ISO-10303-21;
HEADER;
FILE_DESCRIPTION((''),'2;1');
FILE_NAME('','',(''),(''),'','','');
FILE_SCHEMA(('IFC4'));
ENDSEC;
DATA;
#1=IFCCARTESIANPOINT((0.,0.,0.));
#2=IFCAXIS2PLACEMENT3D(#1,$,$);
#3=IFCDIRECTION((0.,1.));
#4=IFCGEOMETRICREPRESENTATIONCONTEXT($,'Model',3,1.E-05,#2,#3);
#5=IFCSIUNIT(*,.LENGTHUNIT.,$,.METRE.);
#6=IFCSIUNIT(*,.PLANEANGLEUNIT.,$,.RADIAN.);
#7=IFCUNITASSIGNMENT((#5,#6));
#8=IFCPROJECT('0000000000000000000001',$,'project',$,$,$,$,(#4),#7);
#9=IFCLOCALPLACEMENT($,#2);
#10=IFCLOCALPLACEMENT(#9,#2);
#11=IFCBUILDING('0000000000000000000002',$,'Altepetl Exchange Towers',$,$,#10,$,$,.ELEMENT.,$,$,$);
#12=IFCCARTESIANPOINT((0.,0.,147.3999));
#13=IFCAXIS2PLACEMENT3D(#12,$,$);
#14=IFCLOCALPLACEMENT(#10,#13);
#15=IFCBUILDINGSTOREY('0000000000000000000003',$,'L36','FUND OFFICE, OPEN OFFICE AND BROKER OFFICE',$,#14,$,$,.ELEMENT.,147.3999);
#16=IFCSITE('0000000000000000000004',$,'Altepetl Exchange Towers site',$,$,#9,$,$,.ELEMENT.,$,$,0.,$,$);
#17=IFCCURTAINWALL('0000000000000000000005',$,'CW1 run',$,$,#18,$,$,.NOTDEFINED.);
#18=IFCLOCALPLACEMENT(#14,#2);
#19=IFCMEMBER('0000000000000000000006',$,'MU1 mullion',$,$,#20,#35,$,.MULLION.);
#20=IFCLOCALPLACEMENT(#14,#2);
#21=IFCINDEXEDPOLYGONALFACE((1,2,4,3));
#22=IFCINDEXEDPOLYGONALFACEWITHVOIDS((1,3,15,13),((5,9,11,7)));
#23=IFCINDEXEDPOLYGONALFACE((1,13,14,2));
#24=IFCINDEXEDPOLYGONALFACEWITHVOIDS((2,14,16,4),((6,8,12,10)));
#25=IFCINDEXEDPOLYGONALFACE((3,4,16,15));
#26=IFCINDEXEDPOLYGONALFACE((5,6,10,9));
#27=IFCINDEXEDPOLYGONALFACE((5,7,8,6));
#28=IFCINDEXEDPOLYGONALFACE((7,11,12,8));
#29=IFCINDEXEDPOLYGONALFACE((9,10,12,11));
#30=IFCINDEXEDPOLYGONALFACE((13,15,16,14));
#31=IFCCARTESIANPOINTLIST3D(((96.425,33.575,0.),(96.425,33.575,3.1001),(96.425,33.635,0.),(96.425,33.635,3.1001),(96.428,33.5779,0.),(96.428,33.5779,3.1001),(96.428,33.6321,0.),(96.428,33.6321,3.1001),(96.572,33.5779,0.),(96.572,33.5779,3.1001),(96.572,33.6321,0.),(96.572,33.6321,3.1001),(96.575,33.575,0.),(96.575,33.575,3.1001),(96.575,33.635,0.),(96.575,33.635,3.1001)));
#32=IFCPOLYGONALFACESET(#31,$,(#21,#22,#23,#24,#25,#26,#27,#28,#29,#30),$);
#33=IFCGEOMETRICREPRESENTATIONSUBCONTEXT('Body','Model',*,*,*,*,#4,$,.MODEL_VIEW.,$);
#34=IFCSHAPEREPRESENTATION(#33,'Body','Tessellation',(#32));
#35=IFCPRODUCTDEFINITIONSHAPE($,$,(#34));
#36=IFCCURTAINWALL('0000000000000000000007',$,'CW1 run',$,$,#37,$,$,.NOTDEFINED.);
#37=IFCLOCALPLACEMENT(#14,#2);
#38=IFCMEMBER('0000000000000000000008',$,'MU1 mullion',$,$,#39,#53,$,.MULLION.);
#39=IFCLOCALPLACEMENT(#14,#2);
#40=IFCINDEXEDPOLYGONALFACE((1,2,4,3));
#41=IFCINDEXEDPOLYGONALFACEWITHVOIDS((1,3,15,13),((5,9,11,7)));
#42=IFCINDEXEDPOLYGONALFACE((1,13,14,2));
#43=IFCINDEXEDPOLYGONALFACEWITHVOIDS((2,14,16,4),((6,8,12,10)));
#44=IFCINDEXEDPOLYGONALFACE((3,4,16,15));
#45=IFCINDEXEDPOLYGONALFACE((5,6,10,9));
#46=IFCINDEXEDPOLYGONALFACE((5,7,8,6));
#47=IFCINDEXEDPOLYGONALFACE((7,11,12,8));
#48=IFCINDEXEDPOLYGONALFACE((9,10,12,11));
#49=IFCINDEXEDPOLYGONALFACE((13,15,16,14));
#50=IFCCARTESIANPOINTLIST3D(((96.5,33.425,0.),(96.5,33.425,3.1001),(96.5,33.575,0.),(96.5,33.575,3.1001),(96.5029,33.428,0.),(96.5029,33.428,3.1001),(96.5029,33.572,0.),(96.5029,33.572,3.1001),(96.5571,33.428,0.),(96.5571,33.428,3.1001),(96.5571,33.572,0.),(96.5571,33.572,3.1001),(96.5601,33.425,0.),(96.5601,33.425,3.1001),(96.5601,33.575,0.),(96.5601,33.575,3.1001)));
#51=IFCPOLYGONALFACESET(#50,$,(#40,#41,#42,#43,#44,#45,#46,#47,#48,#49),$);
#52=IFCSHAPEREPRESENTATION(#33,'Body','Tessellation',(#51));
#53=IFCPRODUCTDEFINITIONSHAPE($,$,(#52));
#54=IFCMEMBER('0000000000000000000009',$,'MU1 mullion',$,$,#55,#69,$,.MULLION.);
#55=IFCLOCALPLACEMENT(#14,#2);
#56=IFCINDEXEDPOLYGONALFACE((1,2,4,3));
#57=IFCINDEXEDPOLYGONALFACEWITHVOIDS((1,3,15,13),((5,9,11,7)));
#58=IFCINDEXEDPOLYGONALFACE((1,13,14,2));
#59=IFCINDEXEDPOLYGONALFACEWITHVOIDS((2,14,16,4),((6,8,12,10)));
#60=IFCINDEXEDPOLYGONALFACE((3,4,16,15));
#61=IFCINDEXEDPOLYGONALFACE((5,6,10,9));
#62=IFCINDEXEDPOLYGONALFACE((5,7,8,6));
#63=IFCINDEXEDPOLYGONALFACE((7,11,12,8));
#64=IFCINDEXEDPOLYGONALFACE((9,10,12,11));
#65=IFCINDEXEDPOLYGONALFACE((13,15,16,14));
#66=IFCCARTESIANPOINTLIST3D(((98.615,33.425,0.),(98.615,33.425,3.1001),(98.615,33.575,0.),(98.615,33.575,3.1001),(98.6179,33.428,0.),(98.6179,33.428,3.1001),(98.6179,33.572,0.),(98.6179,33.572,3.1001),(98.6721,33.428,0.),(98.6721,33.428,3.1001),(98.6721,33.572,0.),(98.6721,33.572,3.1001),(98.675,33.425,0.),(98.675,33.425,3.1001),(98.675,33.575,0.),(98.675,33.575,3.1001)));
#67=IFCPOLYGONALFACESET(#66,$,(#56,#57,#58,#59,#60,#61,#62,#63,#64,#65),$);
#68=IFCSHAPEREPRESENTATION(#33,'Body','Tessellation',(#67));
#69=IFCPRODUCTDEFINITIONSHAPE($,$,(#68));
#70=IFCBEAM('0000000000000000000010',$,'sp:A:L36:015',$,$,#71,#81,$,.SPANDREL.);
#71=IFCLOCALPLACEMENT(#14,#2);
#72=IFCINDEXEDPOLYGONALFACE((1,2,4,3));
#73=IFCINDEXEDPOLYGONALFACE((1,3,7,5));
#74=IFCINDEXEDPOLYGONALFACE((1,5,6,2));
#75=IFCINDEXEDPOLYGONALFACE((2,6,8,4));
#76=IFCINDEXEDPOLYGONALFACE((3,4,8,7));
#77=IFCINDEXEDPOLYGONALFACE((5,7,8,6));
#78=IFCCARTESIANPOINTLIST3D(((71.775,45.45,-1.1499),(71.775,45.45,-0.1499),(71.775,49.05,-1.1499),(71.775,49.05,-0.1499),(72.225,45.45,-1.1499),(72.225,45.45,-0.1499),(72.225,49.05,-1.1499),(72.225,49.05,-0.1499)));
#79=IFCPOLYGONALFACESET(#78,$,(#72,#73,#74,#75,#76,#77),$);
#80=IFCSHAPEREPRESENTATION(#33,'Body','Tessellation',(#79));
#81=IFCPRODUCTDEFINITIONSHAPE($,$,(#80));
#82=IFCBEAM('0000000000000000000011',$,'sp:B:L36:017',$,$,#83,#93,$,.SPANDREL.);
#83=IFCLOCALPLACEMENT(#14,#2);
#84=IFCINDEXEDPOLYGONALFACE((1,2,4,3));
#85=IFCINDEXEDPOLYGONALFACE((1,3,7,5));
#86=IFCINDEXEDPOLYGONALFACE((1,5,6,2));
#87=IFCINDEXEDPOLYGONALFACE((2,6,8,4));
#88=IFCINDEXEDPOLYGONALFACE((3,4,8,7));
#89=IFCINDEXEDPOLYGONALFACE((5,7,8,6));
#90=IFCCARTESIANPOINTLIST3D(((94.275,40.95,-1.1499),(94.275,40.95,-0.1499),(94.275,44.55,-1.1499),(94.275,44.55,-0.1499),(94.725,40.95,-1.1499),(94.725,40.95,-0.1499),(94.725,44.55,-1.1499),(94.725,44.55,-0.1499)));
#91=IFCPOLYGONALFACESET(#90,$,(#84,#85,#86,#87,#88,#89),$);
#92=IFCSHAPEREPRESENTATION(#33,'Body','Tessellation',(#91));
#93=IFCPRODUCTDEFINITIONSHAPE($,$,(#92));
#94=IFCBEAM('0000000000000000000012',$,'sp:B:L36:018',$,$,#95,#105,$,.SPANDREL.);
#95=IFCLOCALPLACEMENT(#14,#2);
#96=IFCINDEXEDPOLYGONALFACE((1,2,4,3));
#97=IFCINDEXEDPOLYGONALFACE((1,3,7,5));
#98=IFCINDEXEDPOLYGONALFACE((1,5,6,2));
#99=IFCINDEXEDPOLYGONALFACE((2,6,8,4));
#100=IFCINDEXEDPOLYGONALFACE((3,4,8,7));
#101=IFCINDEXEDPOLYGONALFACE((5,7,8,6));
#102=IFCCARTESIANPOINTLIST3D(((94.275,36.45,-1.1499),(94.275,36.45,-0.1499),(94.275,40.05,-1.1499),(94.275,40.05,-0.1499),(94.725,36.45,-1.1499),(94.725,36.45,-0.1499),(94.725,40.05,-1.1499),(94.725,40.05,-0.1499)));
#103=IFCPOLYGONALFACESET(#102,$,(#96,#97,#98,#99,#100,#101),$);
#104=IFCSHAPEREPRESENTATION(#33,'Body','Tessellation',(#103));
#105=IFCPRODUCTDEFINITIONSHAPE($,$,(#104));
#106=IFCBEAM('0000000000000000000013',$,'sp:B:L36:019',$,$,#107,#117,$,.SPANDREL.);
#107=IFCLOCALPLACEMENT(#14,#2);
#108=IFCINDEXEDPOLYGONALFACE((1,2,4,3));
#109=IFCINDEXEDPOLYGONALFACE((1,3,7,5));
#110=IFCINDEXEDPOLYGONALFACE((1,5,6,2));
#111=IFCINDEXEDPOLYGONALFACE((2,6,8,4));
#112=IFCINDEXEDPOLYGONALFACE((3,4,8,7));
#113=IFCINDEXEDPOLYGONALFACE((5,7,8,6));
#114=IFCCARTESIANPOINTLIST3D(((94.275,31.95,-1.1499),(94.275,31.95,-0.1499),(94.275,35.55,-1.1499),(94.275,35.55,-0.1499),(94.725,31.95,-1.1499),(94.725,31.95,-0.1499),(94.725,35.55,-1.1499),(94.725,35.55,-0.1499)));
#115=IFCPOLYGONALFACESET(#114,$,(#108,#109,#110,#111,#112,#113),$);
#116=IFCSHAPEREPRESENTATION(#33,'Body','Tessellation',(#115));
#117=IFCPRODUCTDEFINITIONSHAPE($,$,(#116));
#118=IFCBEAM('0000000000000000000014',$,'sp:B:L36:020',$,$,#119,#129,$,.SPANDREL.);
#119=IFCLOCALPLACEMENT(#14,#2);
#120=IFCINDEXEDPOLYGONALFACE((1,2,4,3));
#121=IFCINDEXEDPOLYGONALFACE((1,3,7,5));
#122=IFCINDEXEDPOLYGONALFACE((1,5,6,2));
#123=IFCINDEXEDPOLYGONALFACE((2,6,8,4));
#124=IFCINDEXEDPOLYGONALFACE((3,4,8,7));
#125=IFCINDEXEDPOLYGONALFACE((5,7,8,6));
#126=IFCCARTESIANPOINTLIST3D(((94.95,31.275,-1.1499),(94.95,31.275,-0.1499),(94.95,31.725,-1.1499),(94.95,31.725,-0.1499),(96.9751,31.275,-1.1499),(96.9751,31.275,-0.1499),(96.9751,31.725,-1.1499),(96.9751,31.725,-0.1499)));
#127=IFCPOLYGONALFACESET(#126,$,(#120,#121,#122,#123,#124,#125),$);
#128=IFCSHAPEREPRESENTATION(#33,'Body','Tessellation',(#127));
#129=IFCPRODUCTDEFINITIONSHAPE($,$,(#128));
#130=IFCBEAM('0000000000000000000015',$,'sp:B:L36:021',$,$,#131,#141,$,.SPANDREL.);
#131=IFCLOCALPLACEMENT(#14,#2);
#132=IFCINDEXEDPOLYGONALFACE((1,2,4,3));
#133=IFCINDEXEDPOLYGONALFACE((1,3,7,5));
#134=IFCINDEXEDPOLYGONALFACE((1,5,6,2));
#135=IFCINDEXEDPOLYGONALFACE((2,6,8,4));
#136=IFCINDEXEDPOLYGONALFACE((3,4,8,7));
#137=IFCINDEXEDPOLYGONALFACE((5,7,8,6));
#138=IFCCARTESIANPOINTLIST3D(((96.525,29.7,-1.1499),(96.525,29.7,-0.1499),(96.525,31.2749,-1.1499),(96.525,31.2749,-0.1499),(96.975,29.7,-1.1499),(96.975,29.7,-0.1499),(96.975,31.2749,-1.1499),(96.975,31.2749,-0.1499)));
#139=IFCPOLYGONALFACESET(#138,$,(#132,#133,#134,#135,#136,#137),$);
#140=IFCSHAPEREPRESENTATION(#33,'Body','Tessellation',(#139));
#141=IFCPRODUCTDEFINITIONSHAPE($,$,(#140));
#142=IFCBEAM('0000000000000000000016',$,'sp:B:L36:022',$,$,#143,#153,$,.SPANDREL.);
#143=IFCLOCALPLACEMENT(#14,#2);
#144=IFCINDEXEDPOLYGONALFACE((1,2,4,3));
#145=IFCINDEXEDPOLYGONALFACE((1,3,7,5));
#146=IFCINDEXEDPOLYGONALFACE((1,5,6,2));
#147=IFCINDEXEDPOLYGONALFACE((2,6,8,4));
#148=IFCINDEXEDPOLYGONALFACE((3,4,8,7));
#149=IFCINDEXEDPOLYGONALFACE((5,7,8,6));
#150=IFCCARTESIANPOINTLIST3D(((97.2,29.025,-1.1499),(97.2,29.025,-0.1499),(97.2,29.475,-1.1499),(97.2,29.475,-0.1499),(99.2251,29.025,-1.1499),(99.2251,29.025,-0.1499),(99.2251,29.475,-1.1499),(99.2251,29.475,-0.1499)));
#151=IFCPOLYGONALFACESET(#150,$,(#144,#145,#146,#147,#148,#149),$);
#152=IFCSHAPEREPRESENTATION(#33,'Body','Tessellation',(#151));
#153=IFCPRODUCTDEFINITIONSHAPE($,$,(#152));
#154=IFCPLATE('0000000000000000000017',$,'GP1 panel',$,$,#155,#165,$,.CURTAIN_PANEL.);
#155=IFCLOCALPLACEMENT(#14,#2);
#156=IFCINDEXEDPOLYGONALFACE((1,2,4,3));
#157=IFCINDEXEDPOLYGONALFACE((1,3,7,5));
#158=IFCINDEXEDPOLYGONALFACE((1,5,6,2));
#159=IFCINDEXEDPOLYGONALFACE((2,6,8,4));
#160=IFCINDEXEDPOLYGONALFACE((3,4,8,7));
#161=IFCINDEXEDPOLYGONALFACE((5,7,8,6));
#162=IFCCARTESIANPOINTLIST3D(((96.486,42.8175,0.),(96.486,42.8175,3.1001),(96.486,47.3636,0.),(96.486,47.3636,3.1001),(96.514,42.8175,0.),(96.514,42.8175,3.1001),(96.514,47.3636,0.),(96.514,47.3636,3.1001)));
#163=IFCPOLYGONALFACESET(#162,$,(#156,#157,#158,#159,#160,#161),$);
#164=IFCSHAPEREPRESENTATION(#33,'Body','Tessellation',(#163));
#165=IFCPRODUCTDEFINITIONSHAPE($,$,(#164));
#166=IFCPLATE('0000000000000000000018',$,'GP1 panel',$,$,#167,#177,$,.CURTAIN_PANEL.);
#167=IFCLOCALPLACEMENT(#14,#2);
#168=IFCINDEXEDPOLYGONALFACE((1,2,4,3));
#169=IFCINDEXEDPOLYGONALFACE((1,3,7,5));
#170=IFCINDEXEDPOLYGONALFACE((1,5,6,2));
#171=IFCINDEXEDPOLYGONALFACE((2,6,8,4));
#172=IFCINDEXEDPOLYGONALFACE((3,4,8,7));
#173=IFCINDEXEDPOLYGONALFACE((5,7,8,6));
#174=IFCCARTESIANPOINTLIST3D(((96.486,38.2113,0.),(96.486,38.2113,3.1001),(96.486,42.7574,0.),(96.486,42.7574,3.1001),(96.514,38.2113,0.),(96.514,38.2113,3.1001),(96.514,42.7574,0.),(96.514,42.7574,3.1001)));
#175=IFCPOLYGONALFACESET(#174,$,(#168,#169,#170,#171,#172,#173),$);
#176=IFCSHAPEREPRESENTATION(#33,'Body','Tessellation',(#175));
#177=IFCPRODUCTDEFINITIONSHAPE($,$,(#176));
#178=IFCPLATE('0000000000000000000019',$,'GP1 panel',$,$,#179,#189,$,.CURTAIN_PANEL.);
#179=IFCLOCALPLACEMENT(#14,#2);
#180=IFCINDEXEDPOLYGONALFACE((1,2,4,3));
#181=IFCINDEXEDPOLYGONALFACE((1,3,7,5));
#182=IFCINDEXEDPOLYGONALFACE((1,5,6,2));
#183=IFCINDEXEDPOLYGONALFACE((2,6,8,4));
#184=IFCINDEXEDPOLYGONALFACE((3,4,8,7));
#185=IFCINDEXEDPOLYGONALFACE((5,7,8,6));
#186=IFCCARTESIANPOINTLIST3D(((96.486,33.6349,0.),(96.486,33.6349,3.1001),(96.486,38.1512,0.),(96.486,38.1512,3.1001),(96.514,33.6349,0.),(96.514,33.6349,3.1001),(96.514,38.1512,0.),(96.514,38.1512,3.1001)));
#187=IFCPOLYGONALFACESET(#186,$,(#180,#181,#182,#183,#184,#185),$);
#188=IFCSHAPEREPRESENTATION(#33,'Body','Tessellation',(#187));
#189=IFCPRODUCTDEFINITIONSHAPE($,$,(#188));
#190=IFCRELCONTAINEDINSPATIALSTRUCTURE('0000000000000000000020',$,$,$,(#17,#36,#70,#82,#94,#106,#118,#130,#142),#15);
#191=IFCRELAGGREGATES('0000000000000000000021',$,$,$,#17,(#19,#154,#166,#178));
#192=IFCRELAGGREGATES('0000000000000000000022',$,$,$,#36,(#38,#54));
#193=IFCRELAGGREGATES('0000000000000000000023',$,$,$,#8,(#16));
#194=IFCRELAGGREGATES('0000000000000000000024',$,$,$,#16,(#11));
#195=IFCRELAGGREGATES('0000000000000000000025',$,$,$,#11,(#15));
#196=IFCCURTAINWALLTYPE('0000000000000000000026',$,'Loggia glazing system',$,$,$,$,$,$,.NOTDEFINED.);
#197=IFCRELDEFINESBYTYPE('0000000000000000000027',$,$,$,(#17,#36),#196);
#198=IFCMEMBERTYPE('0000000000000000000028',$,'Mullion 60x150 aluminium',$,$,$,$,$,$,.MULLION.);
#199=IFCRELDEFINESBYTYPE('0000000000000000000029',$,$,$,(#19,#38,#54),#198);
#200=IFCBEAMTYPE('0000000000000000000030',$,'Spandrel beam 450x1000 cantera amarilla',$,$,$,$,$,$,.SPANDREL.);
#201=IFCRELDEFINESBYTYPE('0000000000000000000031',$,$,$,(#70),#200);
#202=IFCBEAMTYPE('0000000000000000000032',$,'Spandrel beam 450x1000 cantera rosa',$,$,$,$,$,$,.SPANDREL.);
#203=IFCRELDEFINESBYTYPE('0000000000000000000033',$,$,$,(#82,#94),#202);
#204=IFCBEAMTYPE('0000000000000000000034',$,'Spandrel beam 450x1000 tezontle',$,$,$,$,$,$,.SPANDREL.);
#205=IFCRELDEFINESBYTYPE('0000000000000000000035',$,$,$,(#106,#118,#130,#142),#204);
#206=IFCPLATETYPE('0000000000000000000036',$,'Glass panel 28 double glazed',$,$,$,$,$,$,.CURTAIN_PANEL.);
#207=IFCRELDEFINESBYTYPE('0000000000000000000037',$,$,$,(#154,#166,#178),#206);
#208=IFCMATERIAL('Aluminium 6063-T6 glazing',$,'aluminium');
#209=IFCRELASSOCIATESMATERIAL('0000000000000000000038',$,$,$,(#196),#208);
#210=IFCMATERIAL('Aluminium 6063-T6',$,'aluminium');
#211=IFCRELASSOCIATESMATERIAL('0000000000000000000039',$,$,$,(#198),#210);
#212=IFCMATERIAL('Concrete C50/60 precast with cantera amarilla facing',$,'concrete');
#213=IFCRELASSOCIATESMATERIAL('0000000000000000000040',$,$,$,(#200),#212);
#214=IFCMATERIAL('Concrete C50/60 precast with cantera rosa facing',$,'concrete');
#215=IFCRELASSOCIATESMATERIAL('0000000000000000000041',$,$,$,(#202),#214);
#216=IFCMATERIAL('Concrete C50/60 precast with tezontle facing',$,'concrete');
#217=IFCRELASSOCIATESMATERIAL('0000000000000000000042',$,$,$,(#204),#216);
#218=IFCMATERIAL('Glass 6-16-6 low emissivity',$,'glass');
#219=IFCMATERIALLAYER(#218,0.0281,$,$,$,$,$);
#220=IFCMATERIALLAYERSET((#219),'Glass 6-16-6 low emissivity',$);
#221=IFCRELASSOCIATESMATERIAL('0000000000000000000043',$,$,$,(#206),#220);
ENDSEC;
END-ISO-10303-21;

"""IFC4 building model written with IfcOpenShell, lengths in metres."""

from ifc_helpers import new_model, si_unit, direction, frame, origin, origin_2d, place, context, subcontext, project, spatial, rectangle, hollow_rectangle, extrude, material, layer, layer_set, material_profile, profile_set, type_object, element, aggregate, save


model = new_model("IFC4")

# Units and contexts
model_context = context("Model", 3, precision=1e-05, world=origin(), true_north=direction((0.0, 1.0)))
body_context = subcontext(model_context, "Body", "Model", "MODEL_VIEW")
ifc_project = project(units=[si_unit("LENGTHUNIT", "METRE"), si_unit("PLANEANGLEUNIT", "RADIAN")], contexts=[model_context])

# Site, building, storey
site_placement = place(None, origin())
site = spatial("IfcSite", under=ifc_project, at=site_placement, Name="Altepetl Exchange Towers site", CompositionType="ELEMENT", RefElevation=0.0)
building_placement = place(site_placement, origin())
building = spatial("IfcBuilding", under=site, at=building_placement, Name="Altepetl Exchange Towers", CompositionType="ELEMENT")
storey_placement = place(building_placement, frame((0.0, 0.0, 147.3999)))
storey = spatial("IfcBuildingStorey", under=building, at=storey_placement, Name="L36", Description="FUND OFFICE, OPEN OFFICE AND BROKER OFFICE", CompositionType="ELEMENT", Elevation=147.3999)

# Curtain walls, members
ifc_material_1 = material(Name="Aluminium 6063-T6 glazing", Category="aluminium")
curtain_wall_type = type_object("IfcCurtainWallType", Name="Loggia glazing system", PredefinedType="NOTDEFINED", material=ifc_material_1)
curtain_wall_1_placement = place(storey_placement, origin())
curtain_wall_1 = element("IfcCurtainWall", 1, at=curtain_wall_1_placement, inside=storey, type_object=curtain_wall_type, Name="CW1 run", PredefinedType="NOTDEFINED")
ifc_material_2 = material(Name="Aluminium 6063-T6", Category="aluminium")
ifc_material_profile_1 = material_profile(ifc_material_2, hollow_rectangle(XDim=0.0601, YDim=0.1499, WallThickness=0.0029, at=origin_2d()), Name="Mullion 60x150 aluminium")
ifc_profile_set_1 = profile_set([ifc_material_profile_1], Name="Aluminium 6063-T6")
member_type = type_object("IfcMemberType", Name="Mullion 60x150 aluminium", PredefinedType="MULLION", material=ifc_profile_set_1)
member_1_placement = place(storey_placement, frame((96.5, 33.605, 0.0), z_axis=(0.0, 0.0, 1.0), x_axis=(0.0, -1.0, 0.0)))
member_1 = element("IfcMember", 2, at=member_1_placement, type_object=member_type, Name="MU1 mullion", PredefinedType="MULLION", context=body_context, shape_type="SweptSolid", body=[
    extrude(hollow_rectangle(XDim=0.0601, YDim=0.1499, WallThickness=0.0029, at=origin_2d()), origin(), (0.0, 0.0, 1.0), 3.1001),
])
curtain_wall_2_placement = place(storey_placement, origin())
curtain_wall_2 = element("IfcCurtainWall", 3, at=curtain_wall_2_placement, inside=storey, type_object=curtain_wall_type, Name="CW1 run", PredefinedType="NOTDEFINED")
member_2_placement = place(storey_placement, frame((96.53, 33.5, 0.0)))
member_2 = element("IfcMember", 4, at=member_2_placement, type_object=member_type, Name="MU1 mullion", PredefinedType="MULLION", context=body_context, shape_type="SweptSolid", body=[
    extrude(hollow_rectangle(XDim=0.0601, YDim=0.1499, WallThickness=0.0029, at=origin_2d()), origin(), (0.0, 0.0, 1.0), 3.1001),
])
member_3_placement = place(storey_placement, frame((98.645, 33.5, 0.0)))
member_3 = element("IfcMember", 5, at=member_3_placement, type_object=member_type, Name="MU1 mullion", PredefinedType="MULLION", context=body_context, shape_type="SweptSolid", body=[
    extrude(hollow_rectangle(XDim=0.0601, YDim=0.1499, WallThickness=0.0029, at=origin_2d()), origin(), (0.0, 0.0, 1.0), 3.1001),
])

# Beams
ifc_material_3 = material(Name="Concrete C50/60 precast with cantera amarilla facing", Category="concrete")
ifc_material_profile_2 = material_profile(ifc_material_3, rectangle(XDim=0.45, YDim=1.0, at=origin_2d()), Name="450 x 1000")
ifc_profile_set_2 = profile_set([ifc_material_profile_2], Name="Concrete C50/60 precast with cantera amarilla facing")
beam_type_1 = type_object("IfcBeamType", Name="Spandrel beam 450x1000 cantera amarilla", PredefinedType="SPANDREL", material=ifc_profile_set_2)
beam_1_placement = place(storey_placement, frame((72.0, 45.45, -0.6499), z_axis=(0.0, 1.0, 0.0), x_axis=(-1.0, 0.0, 0.0)))
element("IfcBeam", 6, at=beam_1_placement, inside=storey, type_object=beam_type_1, Name="sp:A:L36:015", PredefinedType="SPANDREL", context=body_context, shape_type="SweptSolid", body=[
    extrude(rectangle(XDim=0.45, YDim=1.0, at=origin_2d()), origin(), (0.0, 0.0, 1.0), 3.6001),
])
ifc_material_4 = material(Name="Concrete C50/60 precast with cantera rosa facing", Category="concrete")
ifc_material_profile_3 = material_profile(ifc_material_4, rectangle(XDim=0.45, YDim=1.0, at=origin_2d()), Name="450 x 1000")
ifc_profile_set_3 = profile_set([ifc_material_profile_3], Name="Concrete C50/60 precast with cantera rosa facing")
beam_type_2 = type_object("IfcBeamType", Name="Spandrel beam 450x1000 cantera rosa", PredefinedType="SPANDREL", material=ifc_profile_set_3)
for number, where, z_axis, x_axis, name in (
    (7, (94.5, 44.55, -0.6499), (0.0, -1.0, 0.0), (1.0, 0.0, 0.0), "sp:B:L36:017"),
    (8, (94.5, 40.05, -0.6499), (0.0, -1.0, 0.0), (1.0, 0.0, 0.0), "sp:B:L36:018"),
):
    element("IfcBeam", number, at=place(storey_placement, frame(where, z_axis=z_axis, x_axis=x_axis)), inside=storey, type_object=beam_type_2, Name=name, PredefinedType="SPANDREL", context=body_context, shape_type="SweptSolid", body=[
        extrude(rectangle(XDim=0.45, YDim=1.0, at=origin_2d()), origin(), (0.0, 0.0, 1.0), 3.6001),
    ])
ifc_material_5 = material(Name="Concrete C50/60 precast with tezontle facing", Category="concrete")
ifc_material_profile_4 = material_profile(ifc_material_5, rectangle(XDim=0.45, YDim=1.0, at=origin_2d()), Name="450 x 1000")
ifc_profile_set_4 = profile_set([ifc_material_profile_4], Name="Concrete C50/60 precast with tezontle facing")
beam_type_3 = type_object("IfcBeamType", Name="Spandrel beam 450x1000 tezontle", PredefinedType="SPANDREL", material=ifc_profile_set_4)
beam_2_placement = place(storey_placement, frame((94.5, 35.55, -0.6499), z_axis=(0.0, -1.0, 0.0), x_axis=(1.0, 0.0, 0.0)))
element("IfcBeam", 9, at=beam_2_placement, inside=storey, type_object=beam_type_3, Name="sp:B:L36:019", PredefinedType="SPANDREL", context=body_context, shape_type="SweptSolid", body=[
    extrude(rectangle(XDim=0.45, YDim=1.0, at=origin_2d()), origin(), (0.0, 0.0, 1.0), 3.6001),
])
beam_3_placement = place(storey_placement, frame((94.95, 31.5, -0.6499), z_axis=(1.0, 0.0, 0.0), x_axis=(0.0, 1.0, 0.0)))
element("IfcBeam", 10, at=beam_3_placement, inside=storey, type_object=beam_type_3, Name="sp:B:L36:020", PredefinedType="SPANDREL", context=body_context, shape_type="SweptSolid", body=[
    extrude(rectangle(XDim=0.45, YDim=1.0, at=origin_2d()), origin(), (0.0, 0.0, 1.0), 2.0251),
])
beam_4_placement = place(storey_placement, frame((96.75, 31.2749, -0.6499), z_axis=(0.0, -1.0, 0.0), x_axis=(1.0, 0.0, 0.0)))
element("IfcBeam", 11, at=beam_4_placement, inside=storey, type_object=beam_type_3, Name="sp:B:L36:021", PredefinedType="SPANDREL", context=body_context, shape_type="SweptSolid", body=[
    extrude(rectangle(XDim=0.45, YDim=1.0, at=origin_2d()), origin(), (0.0, 0.0, 1.0), 1.575),
])
beam_5_placement = place(storey_placement, frame((97.2, 29.25, -0.6499), z_axis=(1.0, 0.0, 0.0), x_axis=(0.0, 1.0, 0.0)))
element("IfcBeam", 12, at=beam_5_placement, inside=storey, type_object=beam_type_3, Name="sp:B:L36:022", PredefinedType="SPANDREL", context=body_context, shape_type="SweptSolid", body=[
    extrude(rectangle(XDim=0.45, YDim=1.0, at=origin_2d()), origin(), (0.0, 0.0, 1.0), 2.0251),
])

# Plates
ifc_material_6 = material(Name="Glass 6-16-6 low emissivity", Category="glass")
ifc_layer_1 = layer(ifc_material_6, 0.0281)
ifc_layer_set_1 = layer_set([ifc_layer_1], Name="Glass 6-16-6 low emissivity")
plate_type = type_object("IfcPlateType", Name="Glass panel 28 double glazed", PredefinedType="CURTAIN_PANEL", material=ifc_layer_set_1)
plate_1_placement = place(storey_placement, frame((96.5, 45.0906, 0.0), z_axis=(0.0, 0.0, 1.0), x_axis=(0.0, -1.0, 0.0)))
plate_1 = element("IfcPlate", 13, at=plate_1_placement, type_object=plate_type, Name="GP1 panel", PredefinedType="CURTAIN_PANEL", context=body_context, shape_type="SweptSolid", body=[
    extrude(rectangle(XDim=4.5461, YDim=0.0281, at=origin_2d()), origin(), (0.0, 0.0, 1.0), 3.1001),
])
plate_2_placement = place(storey_placement, frame((96.5, 40.4844, 0.0), z_axis=(0.0, 0.0, 1.0), x_axis=(0.0, -1.0, 0.0)))
plate_2 = element("IfcPlate", 14, at=plate_2_placement, type_object=plate_type, Name="GP1 panel", PredefinedType="CURTAIN_PANEL", context=body_context, shape_type="SweptSolid", body=[
    extrude(rectangle(XDim=4.5461, YDim=0.0281, at=origin_2d()), origin(), (0.0, 0.0, 1.0), 3.1001),
])
plate_3_placement = place(storey_placement, frame((96.5, 35.8931, 0.0), z_axis=(0.0, 0.0, 1.0), x_axis=(0.0, -1.0, 0.0)))
plate_3 = element("IfcPlate", 15, at=plate_3_placement, type_object=plate_type, Name="GP1 panel", PredefinedType="CURTAIN_PANEL", context=body_context, shape_type="SweptSolid", body=[
    extrude(rectangle(XDim=4.5164, YDim=0.0281, at=origin_2d()), origin(), (0.0, 0.0, 1.0), 3.1001),
])
aggregate(curtain_wall_1, [member_1, plate_1, plate_2, plate_3])
aggregate(curtain_wall_2, [member_2, member_3])

save(model, "model.ifc")
